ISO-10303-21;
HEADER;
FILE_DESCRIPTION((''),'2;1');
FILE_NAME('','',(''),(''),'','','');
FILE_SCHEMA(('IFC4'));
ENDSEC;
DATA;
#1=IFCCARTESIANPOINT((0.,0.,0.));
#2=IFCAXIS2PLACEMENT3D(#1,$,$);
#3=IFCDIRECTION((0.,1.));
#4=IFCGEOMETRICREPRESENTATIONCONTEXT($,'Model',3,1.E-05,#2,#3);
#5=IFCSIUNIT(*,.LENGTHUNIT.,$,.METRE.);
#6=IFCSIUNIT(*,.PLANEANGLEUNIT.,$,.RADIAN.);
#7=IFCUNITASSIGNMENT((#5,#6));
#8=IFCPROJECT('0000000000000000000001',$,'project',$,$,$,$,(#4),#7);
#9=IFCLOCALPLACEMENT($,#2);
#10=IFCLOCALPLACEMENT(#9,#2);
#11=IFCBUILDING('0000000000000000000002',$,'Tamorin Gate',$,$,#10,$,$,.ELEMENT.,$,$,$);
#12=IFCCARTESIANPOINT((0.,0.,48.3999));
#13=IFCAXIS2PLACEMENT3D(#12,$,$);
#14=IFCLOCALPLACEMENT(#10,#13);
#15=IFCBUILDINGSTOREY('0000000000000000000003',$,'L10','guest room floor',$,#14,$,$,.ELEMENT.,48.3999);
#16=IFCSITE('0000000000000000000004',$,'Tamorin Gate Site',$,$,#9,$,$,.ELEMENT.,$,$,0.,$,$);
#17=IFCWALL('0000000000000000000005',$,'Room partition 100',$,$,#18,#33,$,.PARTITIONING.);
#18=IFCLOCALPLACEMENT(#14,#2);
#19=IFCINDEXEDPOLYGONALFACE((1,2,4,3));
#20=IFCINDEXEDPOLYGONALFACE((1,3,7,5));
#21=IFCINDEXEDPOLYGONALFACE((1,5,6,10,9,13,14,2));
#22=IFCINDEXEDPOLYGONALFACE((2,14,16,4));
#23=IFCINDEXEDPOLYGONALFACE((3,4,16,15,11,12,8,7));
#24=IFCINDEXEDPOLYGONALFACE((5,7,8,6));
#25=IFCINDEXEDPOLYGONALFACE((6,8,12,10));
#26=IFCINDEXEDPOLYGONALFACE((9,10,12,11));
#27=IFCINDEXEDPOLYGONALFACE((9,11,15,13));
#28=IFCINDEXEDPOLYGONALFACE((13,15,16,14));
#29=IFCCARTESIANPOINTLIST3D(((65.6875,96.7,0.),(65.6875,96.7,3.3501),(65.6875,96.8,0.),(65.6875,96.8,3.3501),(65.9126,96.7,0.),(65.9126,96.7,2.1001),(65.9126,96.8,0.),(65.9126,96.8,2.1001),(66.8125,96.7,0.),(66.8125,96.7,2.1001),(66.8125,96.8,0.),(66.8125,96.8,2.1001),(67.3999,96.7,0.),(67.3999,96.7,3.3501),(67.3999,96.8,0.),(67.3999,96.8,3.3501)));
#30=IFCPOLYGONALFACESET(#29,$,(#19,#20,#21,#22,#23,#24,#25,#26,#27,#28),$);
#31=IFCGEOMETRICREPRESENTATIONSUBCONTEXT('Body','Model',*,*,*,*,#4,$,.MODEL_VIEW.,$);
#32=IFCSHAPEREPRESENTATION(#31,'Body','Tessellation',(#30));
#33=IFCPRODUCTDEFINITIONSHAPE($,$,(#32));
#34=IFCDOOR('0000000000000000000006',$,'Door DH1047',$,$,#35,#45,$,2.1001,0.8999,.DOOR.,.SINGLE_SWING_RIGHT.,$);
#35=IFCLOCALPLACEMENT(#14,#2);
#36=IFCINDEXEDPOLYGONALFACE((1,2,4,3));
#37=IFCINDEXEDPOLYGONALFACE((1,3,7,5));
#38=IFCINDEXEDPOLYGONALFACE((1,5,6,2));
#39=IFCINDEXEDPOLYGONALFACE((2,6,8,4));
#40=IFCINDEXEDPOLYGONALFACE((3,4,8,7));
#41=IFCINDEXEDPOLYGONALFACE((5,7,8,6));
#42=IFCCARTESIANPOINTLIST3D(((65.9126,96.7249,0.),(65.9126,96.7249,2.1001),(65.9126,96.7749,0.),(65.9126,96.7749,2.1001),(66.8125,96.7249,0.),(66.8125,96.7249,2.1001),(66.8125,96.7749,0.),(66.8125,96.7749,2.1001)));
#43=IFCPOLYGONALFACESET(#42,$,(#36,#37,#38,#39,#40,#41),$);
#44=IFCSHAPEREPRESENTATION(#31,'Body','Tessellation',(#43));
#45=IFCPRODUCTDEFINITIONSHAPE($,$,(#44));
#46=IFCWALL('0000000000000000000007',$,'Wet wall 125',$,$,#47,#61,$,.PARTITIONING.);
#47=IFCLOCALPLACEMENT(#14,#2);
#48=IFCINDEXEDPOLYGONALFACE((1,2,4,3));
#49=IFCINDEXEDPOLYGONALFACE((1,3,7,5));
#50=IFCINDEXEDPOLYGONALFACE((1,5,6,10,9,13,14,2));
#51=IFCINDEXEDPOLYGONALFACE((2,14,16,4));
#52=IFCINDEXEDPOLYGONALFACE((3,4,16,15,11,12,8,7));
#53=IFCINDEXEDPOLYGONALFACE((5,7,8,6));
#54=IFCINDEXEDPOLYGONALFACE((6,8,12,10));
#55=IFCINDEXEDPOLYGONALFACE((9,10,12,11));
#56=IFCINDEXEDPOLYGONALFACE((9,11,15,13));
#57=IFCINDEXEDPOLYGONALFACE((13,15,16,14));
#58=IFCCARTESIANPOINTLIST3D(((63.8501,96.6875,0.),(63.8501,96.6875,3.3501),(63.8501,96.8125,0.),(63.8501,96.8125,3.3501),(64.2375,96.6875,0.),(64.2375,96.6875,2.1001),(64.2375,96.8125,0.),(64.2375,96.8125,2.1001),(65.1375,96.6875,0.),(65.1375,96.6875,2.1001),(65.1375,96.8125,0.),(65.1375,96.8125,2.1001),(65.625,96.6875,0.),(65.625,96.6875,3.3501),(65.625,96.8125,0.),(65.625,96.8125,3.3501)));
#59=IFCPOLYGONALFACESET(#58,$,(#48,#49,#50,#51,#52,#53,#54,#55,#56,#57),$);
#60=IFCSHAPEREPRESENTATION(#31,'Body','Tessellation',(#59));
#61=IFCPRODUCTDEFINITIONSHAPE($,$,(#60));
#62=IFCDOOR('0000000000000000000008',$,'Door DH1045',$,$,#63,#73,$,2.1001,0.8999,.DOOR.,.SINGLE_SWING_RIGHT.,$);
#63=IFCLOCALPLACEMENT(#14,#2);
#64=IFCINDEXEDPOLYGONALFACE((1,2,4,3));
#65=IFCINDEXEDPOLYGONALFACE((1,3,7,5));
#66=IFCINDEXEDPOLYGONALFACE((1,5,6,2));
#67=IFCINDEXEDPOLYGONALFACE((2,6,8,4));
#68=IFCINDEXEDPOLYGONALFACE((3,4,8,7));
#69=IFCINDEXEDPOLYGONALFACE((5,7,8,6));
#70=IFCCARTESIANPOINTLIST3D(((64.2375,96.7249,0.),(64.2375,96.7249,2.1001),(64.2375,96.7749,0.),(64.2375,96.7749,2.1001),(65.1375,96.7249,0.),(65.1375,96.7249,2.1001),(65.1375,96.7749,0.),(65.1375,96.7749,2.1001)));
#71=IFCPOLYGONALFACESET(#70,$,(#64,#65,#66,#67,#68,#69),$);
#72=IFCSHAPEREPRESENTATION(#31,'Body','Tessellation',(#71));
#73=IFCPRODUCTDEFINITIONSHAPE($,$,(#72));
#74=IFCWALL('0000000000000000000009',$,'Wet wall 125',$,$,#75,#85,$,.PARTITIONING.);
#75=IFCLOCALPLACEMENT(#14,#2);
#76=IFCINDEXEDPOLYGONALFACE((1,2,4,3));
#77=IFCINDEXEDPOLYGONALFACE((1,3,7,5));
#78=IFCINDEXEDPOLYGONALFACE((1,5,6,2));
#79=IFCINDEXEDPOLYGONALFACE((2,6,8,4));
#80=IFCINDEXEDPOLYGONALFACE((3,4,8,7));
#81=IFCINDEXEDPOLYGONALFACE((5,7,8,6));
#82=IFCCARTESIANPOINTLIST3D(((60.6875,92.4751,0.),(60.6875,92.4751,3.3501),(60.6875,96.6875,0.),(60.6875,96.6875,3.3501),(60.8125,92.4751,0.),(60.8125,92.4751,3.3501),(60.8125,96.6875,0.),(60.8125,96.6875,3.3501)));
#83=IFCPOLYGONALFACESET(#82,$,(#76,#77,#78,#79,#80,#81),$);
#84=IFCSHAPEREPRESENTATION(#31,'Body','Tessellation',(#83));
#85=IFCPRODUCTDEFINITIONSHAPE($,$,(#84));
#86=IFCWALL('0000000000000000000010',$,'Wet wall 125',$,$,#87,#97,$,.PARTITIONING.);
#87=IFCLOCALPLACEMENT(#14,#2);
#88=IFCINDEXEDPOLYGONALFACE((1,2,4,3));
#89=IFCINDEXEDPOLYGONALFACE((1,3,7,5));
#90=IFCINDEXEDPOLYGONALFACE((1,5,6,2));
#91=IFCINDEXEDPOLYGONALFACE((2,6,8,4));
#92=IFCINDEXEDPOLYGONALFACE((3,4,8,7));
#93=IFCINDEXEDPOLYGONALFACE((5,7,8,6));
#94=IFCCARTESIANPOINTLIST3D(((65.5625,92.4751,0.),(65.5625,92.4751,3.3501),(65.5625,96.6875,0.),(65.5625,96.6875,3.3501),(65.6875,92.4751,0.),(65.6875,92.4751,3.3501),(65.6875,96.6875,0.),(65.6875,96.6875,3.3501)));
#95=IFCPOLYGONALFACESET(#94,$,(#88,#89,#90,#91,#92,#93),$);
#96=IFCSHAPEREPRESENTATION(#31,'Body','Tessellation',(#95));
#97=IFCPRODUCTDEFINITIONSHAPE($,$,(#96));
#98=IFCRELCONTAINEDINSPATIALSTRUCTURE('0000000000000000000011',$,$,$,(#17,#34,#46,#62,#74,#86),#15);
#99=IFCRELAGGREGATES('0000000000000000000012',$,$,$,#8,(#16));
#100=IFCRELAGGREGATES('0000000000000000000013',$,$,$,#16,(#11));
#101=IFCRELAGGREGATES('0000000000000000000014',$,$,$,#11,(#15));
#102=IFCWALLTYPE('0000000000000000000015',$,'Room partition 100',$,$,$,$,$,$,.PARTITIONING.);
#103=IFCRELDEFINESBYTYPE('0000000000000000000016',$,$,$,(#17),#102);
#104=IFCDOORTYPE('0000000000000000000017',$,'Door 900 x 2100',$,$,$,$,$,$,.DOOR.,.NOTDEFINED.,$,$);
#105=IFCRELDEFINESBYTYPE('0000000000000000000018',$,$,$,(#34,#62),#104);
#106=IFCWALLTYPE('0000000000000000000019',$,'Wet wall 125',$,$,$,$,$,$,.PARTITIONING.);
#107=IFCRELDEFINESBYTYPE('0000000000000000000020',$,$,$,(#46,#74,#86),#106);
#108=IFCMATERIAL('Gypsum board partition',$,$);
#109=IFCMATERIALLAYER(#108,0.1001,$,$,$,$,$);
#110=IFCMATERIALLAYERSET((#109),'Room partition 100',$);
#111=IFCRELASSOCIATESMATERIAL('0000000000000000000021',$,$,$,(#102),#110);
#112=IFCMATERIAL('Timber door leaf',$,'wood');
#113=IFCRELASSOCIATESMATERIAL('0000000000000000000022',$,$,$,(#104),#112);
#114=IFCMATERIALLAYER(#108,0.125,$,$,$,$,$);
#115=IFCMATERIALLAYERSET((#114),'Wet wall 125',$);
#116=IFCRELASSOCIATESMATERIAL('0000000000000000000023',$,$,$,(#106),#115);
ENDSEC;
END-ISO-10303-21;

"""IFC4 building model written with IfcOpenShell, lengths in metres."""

from ifc_helpers import new_model, si_unit, direction, frame, frame_2d, origin, place, context, subcontext, project, spatial, rectangle, extrude, material, layer, layer_set, type_object, element, fill, save


model = new_model("IFC4")

# Units and contexts
model_context = context("Model", 3, precision=1e-05, world=origin(), true_north=direction((0.0, 1.0)))
body_context = subcontext(model_context, "Body", "Model", "MODEL_VIEW")
ifc_project = project(units=[si_unit("LENGTHUNIT", "METRE"), si_unit("PLANEANGLEUNIT", "RADIAN")], contexts=[model_context])

# Site, building, storey
site_placement = place(None, origin())
site = spatial("IfcSite", under=ifc_project, at=site_placement, Name="Tamorin Gate Site", CompositionType="ELEMENT", RefElevation=0.0)
building_placement = place(site_placement, origin())
building = spatial("IfcBuilding", under=site, at=building_placement, Name="Tamorin Gate", CompositionType="ELEMENT")
storey_placement = place(building_placement, frame((0.0, 0.0, 48.3999)))
storey = spatial("IfcBuildingStorey", under=building, at=storey_placement, Name="L10", Description="guest room floor", CompositionType="ELEMENT", Elevation=48.3999)

# Shared definitions
ifc_material_1 = material(Name="Gypsum board partition")

# Walls, openings, doors
ifc_layer_1 = layer(ifc_material_1, 0.1001)
ifc_layer_set_1 = layer_set([ifc_layer_1], Name="Room partition 100")
wall_type_1 = type_object("IfcWallType", Name="Room partition 100", PredefinedType="PARTITIONING", material=ifc_layer_set_1)
ifc_material_2 = material(Name="Timber door leaf", Category="wood")
door_type = type_object("IfcDoorType", Name="Door 900 x 2100", OperationType="NOTDEFINED", PredefinedType="DOOR", material=ifc_material_2)
wall_1_placement = place(storey_placement, frame((65.6875, 96.75, 0.0), z_axis=(0.0, 0.0, 1.0), x_axis=(1.0, 0.0, 0.0)))
wall_1 = element("IfcWall", 1, at=wall_1_placement, inside=storey, type_object=wall_type_1, Name="Room partition 100", PredefinedType="PARTITIONING", context=body_context, shape_type="SweptSolid", body=[
    extrude(rectangle(XDim=1.7124, YDim=0.1001, at=frame_2d((0.8562, 0.0))), origin(), (0.0, 0.0, 1.0), 3.3501),
])
opening_1_placement = place(wall_1_placement, frame((0.2251, 0.0, 0.0)))
opening_1 = element("IfcOpeningElement", 2, at=opening_1_placement, cuts=wall_1, PredefinedType="OPENING", context=body_context, shape_type="SweptSolid", body=[
    extrude(rectangle(XDim=0.8999, YDim=2.1001, at=frame_2d((0.45, 1.05))), frame((0.0, 0.0601, 0.0), z_axis=(0.0, -1.0, 0.0), x_axis=(1.0, 0.0, 0.0)), (0.0, 0.0, 1.0), 0.1201),
])
door_1_placement = place(opening_1_placement, origin())
door_1 = element("IfcDoor", 3, at=door_1_placement, inside=storey, type_object=door_type, Name="Door DH1047", OperationType="SINGLE_SWING_RIGHT", OverallHeight=2.1001, OverallWidth=0.8999, PredefinedType="DOOR", context=body_context, shape_type="SweptSolid", body=[
    extrude(rectangle(XDim=0.8999, YDim=2.1001, at=frame_2d((0.45, 1.05))), frame((0.0, 0.0249, 0.0), z_axis=(0.0, -1.0, 0.0), x_axis=(1.0, 0.0, 0.0)), (0.0, 0.0, 1.0), 0.05),
])
fill(opening_1, door_1)
ifc_layer_2 = layer(ifc_material_1, 0.125)
ifc_layer_set_2 = layer_set([ifc_layer_2], Name="Wet wall 125")
wall_type_2 = type_object("IfcWallType", Name="Wet wall 125", PredefinedType="PARTITIONING", material=ifc_layer_set_2)
wall_2_placement = place(storey_placement, frame((63.8501, 96.75, 0.0), z_axis=(0.0, 0.0, 1.0), x_axis=(1.0, 0.0, 0.0)))
wall_2 = element("IfcWall", 4, at=wall_2_placement, inside=storey, type_object=wall_type_2, Name="Wet wall 125", PredefinedType="PARTITIONING", context=body_context, shape_type="SweptSolid", body=[
    extrude(rectangle(XDim=1.7749, YDim=0.125, at=frame_2d((0.8875, 0.0))), origin(), (0.0, 0.0, 1.0), 3.3501),
])
opening_2_placement = place(wall_2_placement, frame((0.3875, 0.0, 0.0)))
opening_2 = element("IfcOpeningElement", 5, at=opening_2_placement, cuts=wall_2, PredefinedType="OPENING", context=body_context, shape_type="SweptSolid", body=[
    extrude(rectangle(XDim=0.8999, YDim=2.1001, at=frame_2d((0.45, 1.05))), frame((0.0, 0.0725, 0.0), z_axis=(0.0, -1.0, 0.0), x_axis=(1.0, 0.0, 0.0)), (0.0, 0.0, 1.0), 0.145),
])
door_2_placement = place(opening_2_placement, origin())
door_2 = element("IfcDoor", 6, at=door_2_placement, inside=storey, type_object=door_type, Name="Door DH1045", OperationType="SINGLE_SWING_RIGHT", OverallHeight=2.1001, OverallWidth=0.8999, PredefinedType="DOOR", context=body_context, shape_type="SweptSolid", body=[
    extrude(rectangle(XDim=0.8999, YDim=2.1001, at=frame_2d((0.45, 1.05))), frame((0.0, 0.0249, 0.0), z_axis=(0.0, -1.0, 0.0), x_axis=(1.0, 0.0, 0.0)), (0.0, 0.0, 1.0), 0.05),
])
fill(opening_2, door_2)

# Walls
for number, where, z_axis, x_axis, name in (
    (7, (60.75, 92.4751, 0.0), (0.0, 0.0, 1.0), (0.0, 1.0, 0.0), "Wet wall 125"),
    (8, (65.625, 92.4751, 0.0), (0.0, 0.0, 1.0), (0.0, 1.0, 0.0), "Wet wall 125"),
):
    element("IfcWall", number, at=place(storey_placement, frame(where, z_axis=z_axis, x_axis=x_axis)), inside=storey, type_object=wall_type_2, Name=name, PredefinedType="PARTITIONING", context=body_context, shape_type="SweptSolid", body=[
        extrude(rectangle(XDim=4.2124, YDim=0.125, at=frame_2d((2.1062, 0.0))), origin(), (0.0, 0.0, 1.0), 3.3501),
    ])

save(model, "model.ifc")
